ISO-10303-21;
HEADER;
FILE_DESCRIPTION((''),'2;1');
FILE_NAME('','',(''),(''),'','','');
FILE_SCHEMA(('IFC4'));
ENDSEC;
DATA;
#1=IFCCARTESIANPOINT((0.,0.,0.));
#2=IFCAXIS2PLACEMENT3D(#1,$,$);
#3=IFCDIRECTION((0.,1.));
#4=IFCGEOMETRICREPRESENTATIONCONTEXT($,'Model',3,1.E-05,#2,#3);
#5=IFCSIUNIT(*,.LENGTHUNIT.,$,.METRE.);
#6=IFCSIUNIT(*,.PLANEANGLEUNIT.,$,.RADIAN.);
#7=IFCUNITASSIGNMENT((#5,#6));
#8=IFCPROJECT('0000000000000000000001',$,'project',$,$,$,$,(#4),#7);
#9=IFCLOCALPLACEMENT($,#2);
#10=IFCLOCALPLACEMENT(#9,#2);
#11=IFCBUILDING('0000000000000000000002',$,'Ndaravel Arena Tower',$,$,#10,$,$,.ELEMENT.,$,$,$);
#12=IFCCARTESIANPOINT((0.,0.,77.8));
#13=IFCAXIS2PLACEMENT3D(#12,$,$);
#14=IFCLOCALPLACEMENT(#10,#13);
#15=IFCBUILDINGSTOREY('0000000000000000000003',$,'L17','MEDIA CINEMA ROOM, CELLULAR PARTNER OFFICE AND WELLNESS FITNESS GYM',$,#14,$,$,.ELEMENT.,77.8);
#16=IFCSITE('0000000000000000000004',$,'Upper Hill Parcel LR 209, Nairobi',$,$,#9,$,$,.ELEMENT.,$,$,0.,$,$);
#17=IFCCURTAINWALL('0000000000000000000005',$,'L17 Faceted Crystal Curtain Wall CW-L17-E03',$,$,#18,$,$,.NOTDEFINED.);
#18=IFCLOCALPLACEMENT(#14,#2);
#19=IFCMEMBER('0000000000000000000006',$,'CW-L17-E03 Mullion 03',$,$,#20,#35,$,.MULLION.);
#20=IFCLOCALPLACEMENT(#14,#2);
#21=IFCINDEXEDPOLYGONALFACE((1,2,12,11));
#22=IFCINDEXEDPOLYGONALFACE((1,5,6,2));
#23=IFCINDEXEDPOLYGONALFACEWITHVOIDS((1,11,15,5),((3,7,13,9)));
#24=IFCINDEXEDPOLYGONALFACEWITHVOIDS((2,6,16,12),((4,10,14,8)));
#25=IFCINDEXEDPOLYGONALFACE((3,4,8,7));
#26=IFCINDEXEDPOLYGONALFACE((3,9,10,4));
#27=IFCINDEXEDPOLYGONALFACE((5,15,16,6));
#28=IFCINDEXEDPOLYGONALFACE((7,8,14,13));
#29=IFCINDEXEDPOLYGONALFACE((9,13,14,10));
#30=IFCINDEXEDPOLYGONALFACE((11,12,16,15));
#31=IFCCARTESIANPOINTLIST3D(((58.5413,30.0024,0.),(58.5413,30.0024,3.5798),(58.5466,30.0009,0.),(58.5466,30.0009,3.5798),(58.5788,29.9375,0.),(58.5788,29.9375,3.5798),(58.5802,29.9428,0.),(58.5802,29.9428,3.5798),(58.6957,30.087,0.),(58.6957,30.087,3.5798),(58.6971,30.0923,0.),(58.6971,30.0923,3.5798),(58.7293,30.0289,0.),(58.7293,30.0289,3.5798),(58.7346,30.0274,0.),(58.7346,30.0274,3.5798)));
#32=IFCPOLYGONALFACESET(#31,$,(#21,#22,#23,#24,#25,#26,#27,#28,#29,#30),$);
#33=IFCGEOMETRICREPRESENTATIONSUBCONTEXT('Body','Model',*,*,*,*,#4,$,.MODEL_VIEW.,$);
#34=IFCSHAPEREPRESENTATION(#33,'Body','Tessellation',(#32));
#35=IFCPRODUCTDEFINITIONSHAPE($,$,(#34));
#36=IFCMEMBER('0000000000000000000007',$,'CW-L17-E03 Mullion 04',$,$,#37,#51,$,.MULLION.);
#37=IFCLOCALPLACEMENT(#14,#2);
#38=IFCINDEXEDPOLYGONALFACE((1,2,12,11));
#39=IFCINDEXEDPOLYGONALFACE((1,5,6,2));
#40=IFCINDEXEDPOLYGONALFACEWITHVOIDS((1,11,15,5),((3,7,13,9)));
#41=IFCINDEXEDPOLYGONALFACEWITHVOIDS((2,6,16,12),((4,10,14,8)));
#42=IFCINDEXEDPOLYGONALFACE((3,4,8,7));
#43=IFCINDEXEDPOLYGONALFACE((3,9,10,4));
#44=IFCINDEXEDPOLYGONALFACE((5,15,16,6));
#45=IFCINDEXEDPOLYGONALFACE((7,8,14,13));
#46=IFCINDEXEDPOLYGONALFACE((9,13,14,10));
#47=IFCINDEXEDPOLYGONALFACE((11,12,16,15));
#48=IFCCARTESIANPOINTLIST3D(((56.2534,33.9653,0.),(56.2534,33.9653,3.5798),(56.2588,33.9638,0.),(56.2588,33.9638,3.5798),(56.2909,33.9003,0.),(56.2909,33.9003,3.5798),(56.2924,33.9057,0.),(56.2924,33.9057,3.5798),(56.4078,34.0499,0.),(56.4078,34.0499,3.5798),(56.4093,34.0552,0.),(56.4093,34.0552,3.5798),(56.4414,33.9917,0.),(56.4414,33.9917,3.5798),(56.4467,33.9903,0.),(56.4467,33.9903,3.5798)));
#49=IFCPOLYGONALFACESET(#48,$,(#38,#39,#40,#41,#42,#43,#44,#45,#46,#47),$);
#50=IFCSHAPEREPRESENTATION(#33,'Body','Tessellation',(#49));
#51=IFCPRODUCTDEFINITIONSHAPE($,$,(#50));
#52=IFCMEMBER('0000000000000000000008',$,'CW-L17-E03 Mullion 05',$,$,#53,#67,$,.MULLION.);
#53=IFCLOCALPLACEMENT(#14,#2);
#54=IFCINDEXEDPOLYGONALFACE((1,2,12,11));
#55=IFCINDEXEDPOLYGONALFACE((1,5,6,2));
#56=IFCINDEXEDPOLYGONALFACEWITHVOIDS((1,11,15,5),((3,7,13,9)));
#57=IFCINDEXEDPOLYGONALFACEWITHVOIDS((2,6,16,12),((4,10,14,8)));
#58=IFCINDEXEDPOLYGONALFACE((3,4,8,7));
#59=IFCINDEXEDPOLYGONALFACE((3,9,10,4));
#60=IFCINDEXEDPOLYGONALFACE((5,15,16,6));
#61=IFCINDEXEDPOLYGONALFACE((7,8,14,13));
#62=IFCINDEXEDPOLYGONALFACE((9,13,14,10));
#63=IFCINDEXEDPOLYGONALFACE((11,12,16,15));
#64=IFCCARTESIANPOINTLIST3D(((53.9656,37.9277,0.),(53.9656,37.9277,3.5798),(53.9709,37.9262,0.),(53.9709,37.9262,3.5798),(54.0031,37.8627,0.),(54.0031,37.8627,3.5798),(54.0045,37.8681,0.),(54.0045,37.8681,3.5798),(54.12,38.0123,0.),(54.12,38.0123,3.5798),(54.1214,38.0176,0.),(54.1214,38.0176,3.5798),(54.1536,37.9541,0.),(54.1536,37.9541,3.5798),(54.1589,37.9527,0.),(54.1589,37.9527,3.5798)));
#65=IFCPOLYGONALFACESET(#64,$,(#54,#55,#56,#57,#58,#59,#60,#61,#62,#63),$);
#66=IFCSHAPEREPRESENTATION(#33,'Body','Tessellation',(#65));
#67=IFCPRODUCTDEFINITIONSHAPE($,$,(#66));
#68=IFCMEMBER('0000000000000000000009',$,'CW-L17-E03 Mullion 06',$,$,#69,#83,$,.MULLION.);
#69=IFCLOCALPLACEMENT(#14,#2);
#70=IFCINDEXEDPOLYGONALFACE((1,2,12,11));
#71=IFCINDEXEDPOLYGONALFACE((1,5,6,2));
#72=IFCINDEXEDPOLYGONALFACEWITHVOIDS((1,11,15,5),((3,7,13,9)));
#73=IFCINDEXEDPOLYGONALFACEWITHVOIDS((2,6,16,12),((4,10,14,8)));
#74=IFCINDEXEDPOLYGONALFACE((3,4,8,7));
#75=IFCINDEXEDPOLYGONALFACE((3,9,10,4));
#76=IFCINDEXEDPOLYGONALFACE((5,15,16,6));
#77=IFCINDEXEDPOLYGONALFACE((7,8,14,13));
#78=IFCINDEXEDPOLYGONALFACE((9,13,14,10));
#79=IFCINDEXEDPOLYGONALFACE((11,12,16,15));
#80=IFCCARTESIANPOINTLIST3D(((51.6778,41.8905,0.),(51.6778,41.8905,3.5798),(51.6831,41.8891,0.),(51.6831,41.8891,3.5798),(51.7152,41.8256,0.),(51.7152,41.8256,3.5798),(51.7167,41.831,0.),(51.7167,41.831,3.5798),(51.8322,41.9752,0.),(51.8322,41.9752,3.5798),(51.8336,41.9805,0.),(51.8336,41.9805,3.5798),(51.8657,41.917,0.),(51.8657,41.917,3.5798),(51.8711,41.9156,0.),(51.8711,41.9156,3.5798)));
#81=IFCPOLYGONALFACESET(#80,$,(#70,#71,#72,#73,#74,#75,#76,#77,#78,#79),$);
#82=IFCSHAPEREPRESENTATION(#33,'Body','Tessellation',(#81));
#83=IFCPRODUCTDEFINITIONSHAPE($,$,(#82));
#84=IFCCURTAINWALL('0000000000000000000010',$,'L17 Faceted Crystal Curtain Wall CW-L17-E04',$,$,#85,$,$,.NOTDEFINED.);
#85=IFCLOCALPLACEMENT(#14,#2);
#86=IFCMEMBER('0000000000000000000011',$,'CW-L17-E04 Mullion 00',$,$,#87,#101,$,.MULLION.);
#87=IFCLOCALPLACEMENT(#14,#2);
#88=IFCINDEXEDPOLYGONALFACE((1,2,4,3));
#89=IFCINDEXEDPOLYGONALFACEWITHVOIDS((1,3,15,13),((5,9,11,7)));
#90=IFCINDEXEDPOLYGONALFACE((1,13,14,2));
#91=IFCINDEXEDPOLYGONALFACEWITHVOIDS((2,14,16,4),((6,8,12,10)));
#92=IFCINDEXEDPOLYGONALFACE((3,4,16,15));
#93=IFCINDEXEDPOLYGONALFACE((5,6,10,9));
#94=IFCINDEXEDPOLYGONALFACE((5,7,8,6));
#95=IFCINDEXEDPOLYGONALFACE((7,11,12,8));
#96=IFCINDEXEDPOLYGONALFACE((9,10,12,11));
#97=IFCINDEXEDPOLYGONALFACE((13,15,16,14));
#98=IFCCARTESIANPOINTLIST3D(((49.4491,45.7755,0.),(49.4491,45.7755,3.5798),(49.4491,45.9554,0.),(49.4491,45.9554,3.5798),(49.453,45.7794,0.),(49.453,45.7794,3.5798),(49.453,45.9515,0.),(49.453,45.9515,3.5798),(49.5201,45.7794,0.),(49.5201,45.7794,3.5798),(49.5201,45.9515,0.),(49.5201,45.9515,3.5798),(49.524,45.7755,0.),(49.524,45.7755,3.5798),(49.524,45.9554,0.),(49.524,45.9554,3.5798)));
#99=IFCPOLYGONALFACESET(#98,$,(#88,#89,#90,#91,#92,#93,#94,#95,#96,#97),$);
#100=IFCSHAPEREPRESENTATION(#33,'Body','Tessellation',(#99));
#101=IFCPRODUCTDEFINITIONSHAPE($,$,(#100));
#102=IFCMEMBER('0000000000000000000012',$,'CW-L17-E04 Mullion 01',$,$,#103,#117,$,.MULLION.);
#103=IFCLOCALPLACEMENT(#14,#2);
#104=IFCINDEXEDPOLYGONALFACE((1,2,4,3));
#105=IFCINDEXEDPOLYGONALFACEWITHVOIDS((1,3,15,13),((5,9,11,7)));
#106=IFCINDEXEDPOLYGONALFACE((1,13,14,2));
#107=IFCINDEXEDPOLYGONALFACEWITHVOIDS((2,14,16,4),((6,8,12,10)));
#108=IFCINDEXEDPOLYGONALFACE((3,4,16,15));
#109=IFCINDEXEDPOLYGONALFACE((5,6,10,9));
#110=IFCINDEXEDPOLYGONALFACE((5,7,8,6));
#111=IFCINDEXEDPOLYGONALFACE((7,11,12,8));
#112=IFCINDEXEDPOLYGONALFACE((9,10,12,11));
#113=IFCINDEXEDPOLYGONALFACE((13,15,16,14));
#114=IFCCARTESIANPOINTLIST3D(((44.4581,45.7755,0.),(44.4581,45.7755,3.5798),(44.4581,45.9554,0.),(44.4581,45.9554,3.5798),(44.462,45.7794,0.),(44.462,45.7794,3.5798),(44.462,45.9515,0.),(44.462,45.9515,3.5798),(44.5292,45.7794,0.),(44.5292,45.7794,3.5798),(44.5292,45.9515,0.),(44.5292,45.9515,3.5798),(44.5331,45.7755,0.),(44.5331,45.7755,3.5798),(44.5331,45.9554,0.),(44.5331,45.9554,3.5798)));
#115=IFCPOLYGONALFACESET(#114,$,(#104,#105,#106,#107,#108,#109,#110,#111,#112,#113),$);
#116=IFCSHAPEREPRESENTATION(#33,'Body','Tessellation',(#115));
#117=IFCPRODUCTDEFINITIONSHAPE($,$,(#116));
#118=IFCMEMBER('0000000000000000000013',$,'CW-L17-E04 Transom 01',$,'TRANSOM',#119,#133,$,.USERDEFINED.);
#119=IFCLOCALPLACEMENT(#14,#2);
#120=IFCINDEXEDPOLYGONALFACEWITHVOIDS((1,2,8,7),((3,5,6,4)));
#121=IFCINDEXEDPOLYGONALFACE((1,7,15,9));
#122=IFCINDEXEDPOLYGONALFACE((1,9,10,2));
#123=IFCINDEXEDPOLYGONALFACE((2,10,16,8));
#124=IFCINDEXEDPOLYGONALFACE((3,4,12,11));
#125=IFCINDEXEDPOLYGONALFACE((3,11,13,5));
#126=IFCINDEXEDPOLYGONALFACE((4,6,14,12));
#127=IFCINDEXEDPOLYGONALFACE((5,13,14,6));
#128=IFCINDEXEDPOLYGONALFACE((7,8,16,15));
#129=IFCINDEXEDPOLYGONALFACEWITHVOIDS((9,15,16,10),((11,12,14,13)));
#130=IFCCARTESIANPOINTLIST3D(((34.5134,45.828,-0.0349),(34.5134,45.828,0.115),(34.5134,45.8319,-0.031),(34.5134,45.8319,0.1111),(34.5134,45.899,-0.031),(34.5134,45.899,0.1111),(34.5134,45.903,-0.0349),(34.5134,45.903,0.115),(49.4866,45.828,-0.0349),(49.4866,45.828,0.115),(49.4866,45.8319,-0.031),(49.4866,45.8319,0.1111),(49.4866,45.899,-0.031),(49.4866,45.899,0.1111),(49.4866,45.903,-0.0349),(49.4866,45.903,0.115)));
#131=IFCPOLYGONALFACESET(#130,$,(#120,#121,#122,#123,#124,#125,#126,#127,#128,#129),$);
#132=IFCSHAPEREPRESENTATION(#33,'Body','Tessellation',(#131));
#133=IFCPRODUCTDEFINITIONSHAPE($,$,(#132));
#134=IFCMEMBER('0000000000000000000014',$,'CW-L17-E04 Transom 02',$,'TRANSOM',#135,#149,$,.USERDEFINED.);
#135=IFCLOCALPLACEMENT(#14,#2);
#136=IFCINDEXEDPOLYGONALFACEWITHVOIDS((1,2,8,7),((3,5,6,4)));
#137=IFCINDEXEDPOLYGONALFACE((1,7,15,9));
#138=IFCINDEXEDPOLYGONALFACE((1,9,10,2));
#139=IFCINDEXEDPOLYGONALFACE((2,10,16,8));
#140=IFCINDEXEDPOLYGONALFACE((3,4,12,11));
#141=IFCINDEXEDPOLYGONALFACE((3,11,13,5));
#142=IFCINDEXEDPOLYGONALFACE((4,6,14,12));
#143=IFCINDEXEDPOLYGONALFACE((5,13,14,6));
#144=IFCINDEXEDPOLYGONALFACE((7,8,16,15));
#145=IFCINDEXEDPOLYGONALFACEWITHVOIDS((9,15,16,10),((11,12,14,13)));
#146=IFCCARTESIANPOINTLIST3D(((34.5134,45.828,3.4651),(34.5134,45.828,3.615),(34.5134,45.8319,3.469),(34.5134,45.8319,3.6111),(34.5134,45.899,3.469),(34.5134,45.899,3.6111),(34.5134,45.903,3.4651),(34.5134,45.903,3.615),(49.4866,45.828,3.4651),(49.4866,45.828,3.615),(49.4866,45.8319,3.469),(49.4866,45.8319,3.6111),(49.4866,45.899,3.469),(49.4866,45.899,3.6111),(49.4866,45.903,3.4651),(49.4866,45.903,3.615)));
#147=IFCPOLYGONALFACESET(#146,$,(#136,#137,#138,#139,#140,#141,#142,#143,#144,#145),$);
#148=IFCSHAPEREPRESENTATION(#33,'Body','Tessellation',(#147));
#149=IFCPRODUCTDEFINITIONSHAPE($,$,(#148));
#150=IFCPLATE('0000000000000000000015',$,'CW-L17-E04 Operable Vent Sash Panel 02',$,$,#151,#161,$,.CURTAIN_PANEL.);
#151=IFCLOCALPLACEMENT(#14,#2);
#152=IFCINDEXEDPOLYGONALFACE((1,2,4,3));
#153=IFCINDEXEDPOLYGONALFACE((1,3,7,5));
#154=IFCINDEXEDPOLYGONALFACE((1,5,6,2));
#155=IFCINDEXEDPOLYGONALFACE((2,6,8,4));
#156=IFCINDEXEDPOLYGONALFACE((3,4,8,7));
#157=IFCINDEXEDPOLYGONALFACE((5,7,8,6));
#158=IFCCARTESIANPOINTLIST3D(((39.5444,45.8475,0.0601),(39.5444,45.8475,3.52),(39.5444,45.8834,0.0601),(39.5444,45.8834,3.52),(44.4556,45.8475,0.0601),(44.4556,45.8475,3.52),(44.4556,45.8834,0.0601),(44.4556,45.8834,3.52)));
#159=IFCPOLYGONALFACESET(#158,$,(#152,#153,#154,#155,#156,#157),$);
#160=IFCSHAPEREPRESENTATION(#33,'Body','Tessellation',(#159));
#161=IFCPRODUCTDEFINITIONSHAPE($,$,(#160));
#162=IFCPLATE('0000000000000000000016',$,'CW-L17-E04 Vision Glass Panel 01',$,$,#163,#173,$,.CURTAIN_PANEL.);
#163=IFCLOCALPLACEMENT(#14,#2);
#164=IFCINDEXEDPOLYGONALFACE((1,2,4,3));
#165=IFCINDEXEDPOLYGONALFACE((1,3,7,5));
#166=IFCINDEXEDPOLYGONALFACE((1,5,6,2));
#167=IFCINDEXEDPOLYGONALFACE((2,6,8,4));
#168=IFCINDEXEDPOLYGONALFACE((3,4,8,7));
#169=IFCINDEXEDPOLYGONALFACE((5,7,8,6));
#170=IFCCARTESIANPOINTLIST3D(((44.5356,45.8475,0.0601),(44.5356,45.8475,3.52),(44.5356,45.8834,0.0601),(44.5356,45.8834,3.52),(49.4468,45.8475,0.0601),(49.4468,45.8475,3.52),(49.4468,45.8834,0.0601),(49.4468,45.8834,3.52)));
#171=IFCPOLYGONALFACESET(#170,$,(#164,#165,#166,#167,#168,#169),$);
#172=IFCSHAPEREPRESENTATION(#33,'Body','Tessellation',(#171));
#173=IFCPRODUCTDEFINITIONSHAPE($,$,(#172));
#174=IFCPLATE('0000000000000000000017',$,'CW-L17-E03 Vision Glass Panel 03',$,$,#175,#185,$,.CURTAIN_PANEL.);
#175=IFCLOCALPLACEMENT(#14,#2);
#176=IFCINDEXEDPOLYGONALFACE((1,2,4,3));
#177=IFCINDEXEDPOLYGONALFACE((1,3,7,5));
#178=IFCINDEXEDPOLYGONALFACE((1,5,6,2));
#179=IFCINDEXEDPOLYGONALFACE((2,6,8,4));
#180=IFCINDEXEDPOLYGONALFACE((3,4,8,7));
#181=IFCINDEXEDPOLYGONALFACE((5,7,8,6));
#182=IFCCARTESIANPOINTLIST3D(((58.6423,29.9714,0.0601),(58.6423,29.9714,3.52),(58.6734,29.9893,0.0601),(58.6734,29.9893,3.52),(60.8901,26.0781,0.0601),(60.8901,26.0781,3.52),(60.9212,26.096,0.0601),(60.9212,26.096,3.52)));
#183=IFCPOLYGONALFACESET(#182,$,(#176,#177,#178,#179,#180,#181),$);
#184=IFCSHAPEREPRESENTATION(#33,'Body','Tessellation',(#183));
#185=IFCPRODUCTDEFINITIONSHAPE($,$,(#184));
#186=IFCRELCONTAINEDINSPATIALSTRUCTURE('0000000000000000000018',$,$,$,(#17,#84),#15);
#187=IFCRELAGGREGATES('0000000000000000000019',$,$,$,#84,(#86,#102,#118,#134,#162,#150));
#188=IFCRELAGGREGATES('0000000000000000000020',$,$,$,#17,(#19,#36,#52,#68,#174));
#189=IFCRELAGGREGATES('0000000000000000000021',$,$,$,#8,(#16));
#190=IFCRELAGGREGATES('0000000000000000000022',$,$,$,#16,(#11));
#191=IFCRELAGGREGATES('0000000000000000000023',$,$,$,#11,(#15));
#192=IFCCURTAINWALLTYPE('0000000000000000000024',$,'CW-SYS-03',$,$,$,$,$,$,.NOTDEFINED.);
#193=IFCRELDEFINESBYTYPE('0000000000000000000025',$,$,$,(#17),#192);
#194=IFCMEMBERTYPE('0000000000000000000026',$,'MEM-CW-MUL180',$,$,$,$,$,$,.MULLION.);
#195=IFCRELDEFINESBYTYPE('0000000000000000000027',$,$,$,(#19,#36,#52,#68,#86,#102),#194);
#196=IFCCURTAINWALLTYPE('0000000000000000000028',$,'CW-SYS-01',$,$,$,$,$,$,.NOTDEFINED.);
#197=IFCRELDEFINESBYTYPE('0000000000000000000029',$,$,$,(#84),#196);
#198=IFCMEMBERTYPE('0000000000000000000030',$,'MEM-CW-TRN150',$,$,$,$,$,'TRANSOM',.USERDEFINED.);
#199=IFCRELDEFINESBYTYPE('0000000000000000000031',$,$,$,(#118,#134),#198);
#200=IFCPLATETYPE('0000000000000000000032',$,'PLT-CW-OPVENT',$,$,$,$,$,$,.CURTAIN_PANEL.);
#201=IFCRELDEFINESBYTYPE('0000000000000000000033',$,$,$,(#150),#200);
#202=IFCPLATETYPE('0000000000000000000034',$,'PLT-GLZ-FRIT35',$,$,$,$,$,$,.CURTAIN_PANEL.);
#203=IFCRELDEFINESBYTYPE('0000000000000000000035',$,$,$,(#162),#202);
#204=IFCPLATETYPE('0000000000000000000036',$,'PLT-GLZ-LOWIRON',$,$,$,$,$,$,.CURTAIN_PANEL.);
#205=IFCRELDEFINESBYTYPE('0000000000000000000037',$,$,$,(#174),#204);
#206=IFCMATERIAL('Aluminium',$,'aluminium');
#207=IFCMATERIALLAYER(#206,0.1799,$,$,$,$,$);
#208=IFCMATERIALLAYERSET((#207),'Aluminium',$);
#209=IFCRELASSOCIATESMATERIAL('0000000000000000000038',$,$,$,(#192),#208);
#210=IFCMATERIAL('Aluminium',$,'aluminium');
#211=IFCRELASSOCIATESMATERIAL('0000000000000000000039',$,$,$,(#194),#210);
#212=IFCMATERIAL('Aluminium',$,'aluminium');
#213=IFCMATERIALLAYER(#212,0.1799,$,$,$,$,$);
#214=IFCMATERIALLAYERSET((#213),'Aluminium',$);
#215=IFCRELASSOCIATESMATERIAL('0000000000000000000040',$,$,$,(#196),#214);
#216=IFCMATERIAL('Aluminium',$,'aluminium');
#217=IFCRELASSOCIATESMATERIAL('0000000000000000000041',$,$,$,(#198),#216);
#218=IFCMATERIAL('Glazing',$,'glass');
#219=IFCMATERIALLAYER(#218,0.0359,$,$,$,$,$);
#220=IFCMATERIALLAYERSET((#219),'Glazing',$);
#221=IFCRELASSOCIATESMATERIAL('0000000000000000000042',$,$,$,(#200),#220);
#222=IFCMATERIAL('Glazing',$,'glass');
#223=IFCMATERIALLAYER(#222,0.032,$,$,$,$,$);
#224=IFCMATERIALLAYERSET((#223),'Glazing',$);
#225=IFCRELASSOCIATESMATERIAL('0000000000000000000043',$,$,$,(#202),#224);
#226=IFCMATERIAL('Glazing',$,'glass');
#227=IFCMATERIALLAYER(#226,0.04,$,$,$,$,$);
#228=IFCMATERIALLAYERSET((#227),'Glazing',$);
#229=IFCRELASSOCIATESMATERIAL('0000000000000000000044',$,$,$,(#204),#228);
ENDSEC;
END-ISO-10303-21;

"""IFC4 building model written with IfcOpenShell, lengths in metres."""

from ifc_helpers import new_model, si_unit, direction, frame, origin, origin_2d, place, context, subcontext, project, spatial, rectangle, hollow_rectangle, extrude, material, layer, layer_set, material_profile, profile_set, type_object, element, aggregate, save


model = new_model("IFC4")

# Units and contexts
model_context = context("Model", 3, precision=1e-05, world=origin(), true_north=direction((0.0, 1.0)))
body_context = subcontext(model_context, "Body", "Model", "MODEL_VIEW")
ifc_project = project(units=[si_unit("LENGTHUNIT", "METRE"), si_unit("PLANEANGLEUNIT", "RADIAN")], contexts=[model_context])

# Site, building, storey
site_placement = place(None, origin())
site = spatial("IfcSite", under=ifc_project, at=site_placement, Name="Upper Hill Parcel LR 209, Nairobi", CompositionType="ELEMENT", RefElevation=0.0)
building_placement = place(site_placement, origin())
building = spatial("IfcBuilding", under=site, at=building_placement, Name="Ndaravel Arena Tower", CompositionType="ELEMENT")
storey_placement = place(building_placement, frame((0.0, 0.0, 77.8)))
storey = spatial("IfcBuildingStorey", under=building, at=storey_placement, Name="L17", Description="MEDIA CINEMA ROOM, CELLULAR PARTNER OFFICE AND WELLNESS FITNESS GYM", CompositionType="ELEMENT", Elevation=77.8)

# Curtain wall, members
ifc_material_1 = material(Name="Aluminium", Category="aluminium")
ifc_layer_1 = layer(ifc_material_1, 0.1799)
ifc_layer_set_1 = layer_set([ifc_layer_1], Name="Aluminium")
curtain_wall_type_1 = type_object("IfcCurtainWallType", Name="CW-SYS-03", PredefinedType="NOTDEFINED", material=ifc_layer_set_1)
curtain_wall_1_placement = place(storey_placement, origin())
curtain_wall_1 = element("IfcCurtainWall", 1, at=curtain_wall_1_placement, inside=storey, type_object=curtain_wall_type_1, Name="L17 Faceted Crystal Curtain Wall CW-L17-E03", PredefinedType="NOTDEFINED")
ifc_material_2 = material(Name="Aluminium", Category="aluminium")
ifc_material_profile_1 = material_profile(ifc_material_2, hollow_rectangle(XDim=0.075, YDim=0.1799, WallThickness=0.0039, at=origin_2d()), Name="CW MULLION 75x180x4")
ifc_profile_set_1 = profile_set([ifc_material_profile_1], Name="Aluminium")
member_type_1 = type_object("IfcMemberType", Name="MEM-CW-MUL180", PredefinedType="MULLION", material=ifc_profile_set_1)
member_1_placement = place(storey_placement, frame((58.6379, 30.0149, 0.0), z_axis=(0.0, 0.0, 1.0), x_axis=(-0.5, 0.866025, 0.0)))
member_1 = element("IfcMember", 2, at=member_1_placement, type_object=member_type_1, Name="CW-L17-E03 Mullion 03", PredefinedType="MULLION", context=body_context, shape_type="SweptSolid", body=[
    extrude(hollow_rectangle(XDim=0.075, YDim=0.1799, WallThickness=0.0039, at=origin_2d()), origin(), (0.0, 0.0, 1.0), 3.5798),
])
member_2_placement = place(storey_placement, frame((56.3501, 33.9778, 0.0), z_axis=(0.0, 0.0, 1.0), x_axis=(-0.5, 0.866025, 0.0)))
member_2 = element("IfcMember", 3, at=member_2_placement, type_object=member_type_1, Name="CW-L17-E03 Mullion 04", PredefinedType="MULLION", context=body_context, shape_type="SweptSolid", body=[
    extrude(hollow_rectangle(XDim=0.075, YDim=0.1799, WallThickness=0.0039, at=origin_2d()), origin(), (0.0, 0.0, 1.0), 3.5798),
])
member_3_placement = place(storey_placement, frame((54.0623, 37.9402, 0.0), z_axis=(0.0, 0.0, 1.0), x_axis=(-0.5, 0.866025, 0.0)))
member_3 = element("IfcMember", 4, at=member_3_placement, type_object=member_type_1, Name="CW-L17-E03 Mullion 05", PredefinedType="MULLION", context=body_context, shape_type="SweptSolid", body=[
    extrude(hollow_rectangle(XDim=0.075, YDim=0.1799, WallThickness=0.0039, at=origin_2d()), origin(), (0.0, 0.0, 1.0), 3.5798),
])
member_4_placement = place(storey_placement, frame((51.7744, 41.9031, 0.0), z_axis=(0.0, 0.0, 1.0), x_axis=(-0.5, 0.866025, 0.0)))
member_4 = element("IfcMember", 5, at=member_4_placement, type_object=member_type_1, Name="CW-L17-E03 Mullion 06", PredefinedType="MULLION", context=body_context, shape_type="SweptSolid", body=[
    extrude(hollow_rectangle(XDim=0.075, YDim=0.1799, WallThickness=0.0039, at=origin_2d()), origin(), (0.0, 0.0, 1.0), 3.5798),
])

# Curtain wall, members, plates
ifc_material_3 = material(Name="Aluminium", Category="aluminium")
ifc_layer_2 = layer(ifc_material_3, 0.1799)
ifc_layer_set_2 = layer_set([ifc_layer_2], Name="Aluminium")
curtain_wall_type_2 = type_object("IfcCurtainWallType", Name="CW-SYS-01", PredefinedType="NOTDEFINED", material=ifc_layer_set_2)
curtain_wall_2_placement = place(storey_placement, origin())
curtain_wall_2 = element("IfcCurtainWall", 6, at=curtain_wall_2_placement, inside=storey, type_object=curtain_wall_type_2, Name="L17 Faceted Crystal Curtain Wall CW-L17-E04", PredefinedType="NOTDEFINED")
member_5_placement = place(storey_placement, frame((49.4866, 45.8655, 0.0), z_axis=(0.0, 0.0, 1.0), x_axis=(-1.0, 0.0, 0.0)))
member_5 = element("IfcMember", 7, at=member_5_placement, type_object=member_type_1, Name="CW-L17-E04 Mullion 00", PredefinedType="MULLION", context=body_context, shape_type="SweptSolid", body=[
    extrude(hollow_rectangle(XDim=0.075, YDim=0.1799, WallThickness=0.0039, at=origin_2d()), origin(), (0.0, 0.0, 1.0), 3.5798),
])
member_6_placement = place(storey_placement, frame((44.4956, 45.8655, 0.0), z_axis=(0.0, 0.0, 1.0), x_axis=(-1.0, 0.0, 0.0)))
member_6 = element("IfcMember", 8, at=member_6_placement, type_object=member_type_1, Name="CW-L17-E04 Mullion 01", PredefinedType="MULLION", context=body_context, shape_type="SweptSolid", body=[
    extrude(hollow_rectangle(XDim=0.075, YDim=0.1799, WallThickness=0.0039, at=origin_2d()), origin(), (0.0, 0.0, 1.0), 3.5798),
])
ifc_material_4 = material(Name="Aluminium", Category="aluminium")
ifc_material_profile_2 = material_profile(ifc_material_4, hollow_rectangle(XDim=0.075, YDim=0.1499, WallThickness=0.0039, at=origin_2d()), Name="CW TRANSOM 75x150x4")
ifc_profile_set_2 = profile_set([ifc_material_profile_2], Name="Aluminium")
member_type_2 = type_object("IfcMemberType", Name="MEM-CW-TRN150", ElementType="TRANSOM", PredefinedType="USERDEFINED", material=ifc_profile_set_2)
member_7_placement = place(storey_placement, frame((49.4866, 45.8655, 0.04), z_axis=(-1.0, 0.0, 0.0), x_axis=(0.0, -1.0, 0.0)))
member_7 = element("IfcMember", 9, at=member_7_placement, type_object=member_type_2, Name="CW-L17-E04 Transom 01", ObjectType="TRANSOM", PredefinedType="USERDEFINED", context=body_context, shape_type="SweptSolid", body=[
    extrude(hollow_rectangle(XDim=0.075, YDim=0.1499, WallThickness=0.0039, at=origin_2d()), origin(), (0.0, 0.0, 1.0), 14.9731),
])
member_8_placement = place(storey_placement, frame((49.4866, 45.8655, 3.54), z_axis=(-1.0, 0.0, 0.0), x_axis=(0.0, -1.0, 0.0)))
member_8 = element("IfcMember", 10, at=member_8_placement, type_object=member_type_2, Name="CW-L17-E04 Transom 02", ObjectType="TRANSOM", PredefinedType="USERDEFINED", context=body_context, shape_type="SweptSolid", body=[
    extrude(hollow_rectangle(XDim=0.075, YDim=0.1499, WallThickness=0.0039, at=origin_2d()), origin(), (0.0, 0.0, 1.0), 14.9731),
])
ifc_material_5 = material(Name="Glazing", Category="glass")
ifc_layer_3 = layer(ifc_material_5, 0.0359)
ifc_layer_set_3 = layer_set([ifc_layer_3], Name="Glazing")
plate_type_1 = type_object("IfcPlateType", Name="PLT-CW-OPVENT", PredefinedType="CURTAIN_PANEL", material=ifc_layer_set_3)
plate_1_placement = place(storey_placement, frame((42.0, 45.8655, 0.0601), z_axis=(0.0, 0.0, 1.0), x_axis=(-1.0, 0.0, 0.0)))
plate_1 = element("IfcPlate", 11, at=plate_1_placement, type_object=plate_type_1, Name="CW-L17-E04 Operable Vent Sash Panel 02", PredefinedType="CURTAIN_PANEL", context=body_context, shape_type="SweptSolid", body=[
    extrude(rectangle(XDim=4.9111, YDim=0.0359, at=origin_2d()), origin(), (0.0, 0.0, 1.0), 3.46),
])
ifc_material_6 = material(Name="Glazing", Category="glass")
ifc_layer_4 = layer(ifc_material_6, 0.032)
ifc_layer_set_4 = layer_set([ifc_layer_4], Name="Glazing")
plate_type_2 = type_object("IfcPlateType", Name="PLT-GLZ-FRIT35", PredefinedType="CURTAIN_PANEL", material=ifc_layer_set_4)
plate_2_placement = place(storey_placement, frame((46.9912, 45.8655, 0.0601), z_axis=(0.0, 0.0, 1.0), x_axis=(-1.0, 0.0, 0.0)))
plate_2 = element("IfcPlate", 12, at=plate_2_placement, type_object=plate_type_2, Name="CW-L17-E04 Vision Glass Panel 01", PredefinedType="CURTAIN_PANEL", context=body_context, shape_type="SweptSolid", body=[
    extrude(rectangle(XDim=4.9111, YDim=0.0359, at=origin_2d()), origin(), (0.0, 0.0, 1.0), 3.46),
])
aggregate(curtain_wall_2, [member_5, member_6, member_7, member_8, plate_2, plate_1])

# Plate
ifc_material_7 = material(Name="Glazing", Category="glass")
ifc_layer_5 = layer(ifc_material_7, 0.04)
ifc_layer_set_5 = layer_set([ifc_layer_5], Name="Glazing")
plate_type_3 = type_object("IfcPlateType", Name="PLT-GLZ-LOWIRON", PredefinedType="CURTAIN_PANEL", material=ifc_layer_set_5)
plate_3_placement = place(storey_placement, frame((59.7817, 28.0337, 0.0601), z_axis=(0.0, 0.0, 1.0), x_axis=(-0.5, 0.866025, 0.0)))
plate_3 = element("IfcPlate", 13, at=plate_3_placement, type_object=plate_type_3, Name="CW-L17-E03 Vision Glass Panel 03", PredefinedType="CURTAIN_PANEL", context=body_context, shape_type="SweptSolid", body=[
    extrude(rectangle(XDim=4.4956, YDim=0.0359, at=origin_2d()), origin(), (0.0, 0.0, 1.0), 3.46),
])
aggregate(curtain_wall_1, [member_1, member_2, member_3, member_4, plate_3])

save(model, "model.ifc")
